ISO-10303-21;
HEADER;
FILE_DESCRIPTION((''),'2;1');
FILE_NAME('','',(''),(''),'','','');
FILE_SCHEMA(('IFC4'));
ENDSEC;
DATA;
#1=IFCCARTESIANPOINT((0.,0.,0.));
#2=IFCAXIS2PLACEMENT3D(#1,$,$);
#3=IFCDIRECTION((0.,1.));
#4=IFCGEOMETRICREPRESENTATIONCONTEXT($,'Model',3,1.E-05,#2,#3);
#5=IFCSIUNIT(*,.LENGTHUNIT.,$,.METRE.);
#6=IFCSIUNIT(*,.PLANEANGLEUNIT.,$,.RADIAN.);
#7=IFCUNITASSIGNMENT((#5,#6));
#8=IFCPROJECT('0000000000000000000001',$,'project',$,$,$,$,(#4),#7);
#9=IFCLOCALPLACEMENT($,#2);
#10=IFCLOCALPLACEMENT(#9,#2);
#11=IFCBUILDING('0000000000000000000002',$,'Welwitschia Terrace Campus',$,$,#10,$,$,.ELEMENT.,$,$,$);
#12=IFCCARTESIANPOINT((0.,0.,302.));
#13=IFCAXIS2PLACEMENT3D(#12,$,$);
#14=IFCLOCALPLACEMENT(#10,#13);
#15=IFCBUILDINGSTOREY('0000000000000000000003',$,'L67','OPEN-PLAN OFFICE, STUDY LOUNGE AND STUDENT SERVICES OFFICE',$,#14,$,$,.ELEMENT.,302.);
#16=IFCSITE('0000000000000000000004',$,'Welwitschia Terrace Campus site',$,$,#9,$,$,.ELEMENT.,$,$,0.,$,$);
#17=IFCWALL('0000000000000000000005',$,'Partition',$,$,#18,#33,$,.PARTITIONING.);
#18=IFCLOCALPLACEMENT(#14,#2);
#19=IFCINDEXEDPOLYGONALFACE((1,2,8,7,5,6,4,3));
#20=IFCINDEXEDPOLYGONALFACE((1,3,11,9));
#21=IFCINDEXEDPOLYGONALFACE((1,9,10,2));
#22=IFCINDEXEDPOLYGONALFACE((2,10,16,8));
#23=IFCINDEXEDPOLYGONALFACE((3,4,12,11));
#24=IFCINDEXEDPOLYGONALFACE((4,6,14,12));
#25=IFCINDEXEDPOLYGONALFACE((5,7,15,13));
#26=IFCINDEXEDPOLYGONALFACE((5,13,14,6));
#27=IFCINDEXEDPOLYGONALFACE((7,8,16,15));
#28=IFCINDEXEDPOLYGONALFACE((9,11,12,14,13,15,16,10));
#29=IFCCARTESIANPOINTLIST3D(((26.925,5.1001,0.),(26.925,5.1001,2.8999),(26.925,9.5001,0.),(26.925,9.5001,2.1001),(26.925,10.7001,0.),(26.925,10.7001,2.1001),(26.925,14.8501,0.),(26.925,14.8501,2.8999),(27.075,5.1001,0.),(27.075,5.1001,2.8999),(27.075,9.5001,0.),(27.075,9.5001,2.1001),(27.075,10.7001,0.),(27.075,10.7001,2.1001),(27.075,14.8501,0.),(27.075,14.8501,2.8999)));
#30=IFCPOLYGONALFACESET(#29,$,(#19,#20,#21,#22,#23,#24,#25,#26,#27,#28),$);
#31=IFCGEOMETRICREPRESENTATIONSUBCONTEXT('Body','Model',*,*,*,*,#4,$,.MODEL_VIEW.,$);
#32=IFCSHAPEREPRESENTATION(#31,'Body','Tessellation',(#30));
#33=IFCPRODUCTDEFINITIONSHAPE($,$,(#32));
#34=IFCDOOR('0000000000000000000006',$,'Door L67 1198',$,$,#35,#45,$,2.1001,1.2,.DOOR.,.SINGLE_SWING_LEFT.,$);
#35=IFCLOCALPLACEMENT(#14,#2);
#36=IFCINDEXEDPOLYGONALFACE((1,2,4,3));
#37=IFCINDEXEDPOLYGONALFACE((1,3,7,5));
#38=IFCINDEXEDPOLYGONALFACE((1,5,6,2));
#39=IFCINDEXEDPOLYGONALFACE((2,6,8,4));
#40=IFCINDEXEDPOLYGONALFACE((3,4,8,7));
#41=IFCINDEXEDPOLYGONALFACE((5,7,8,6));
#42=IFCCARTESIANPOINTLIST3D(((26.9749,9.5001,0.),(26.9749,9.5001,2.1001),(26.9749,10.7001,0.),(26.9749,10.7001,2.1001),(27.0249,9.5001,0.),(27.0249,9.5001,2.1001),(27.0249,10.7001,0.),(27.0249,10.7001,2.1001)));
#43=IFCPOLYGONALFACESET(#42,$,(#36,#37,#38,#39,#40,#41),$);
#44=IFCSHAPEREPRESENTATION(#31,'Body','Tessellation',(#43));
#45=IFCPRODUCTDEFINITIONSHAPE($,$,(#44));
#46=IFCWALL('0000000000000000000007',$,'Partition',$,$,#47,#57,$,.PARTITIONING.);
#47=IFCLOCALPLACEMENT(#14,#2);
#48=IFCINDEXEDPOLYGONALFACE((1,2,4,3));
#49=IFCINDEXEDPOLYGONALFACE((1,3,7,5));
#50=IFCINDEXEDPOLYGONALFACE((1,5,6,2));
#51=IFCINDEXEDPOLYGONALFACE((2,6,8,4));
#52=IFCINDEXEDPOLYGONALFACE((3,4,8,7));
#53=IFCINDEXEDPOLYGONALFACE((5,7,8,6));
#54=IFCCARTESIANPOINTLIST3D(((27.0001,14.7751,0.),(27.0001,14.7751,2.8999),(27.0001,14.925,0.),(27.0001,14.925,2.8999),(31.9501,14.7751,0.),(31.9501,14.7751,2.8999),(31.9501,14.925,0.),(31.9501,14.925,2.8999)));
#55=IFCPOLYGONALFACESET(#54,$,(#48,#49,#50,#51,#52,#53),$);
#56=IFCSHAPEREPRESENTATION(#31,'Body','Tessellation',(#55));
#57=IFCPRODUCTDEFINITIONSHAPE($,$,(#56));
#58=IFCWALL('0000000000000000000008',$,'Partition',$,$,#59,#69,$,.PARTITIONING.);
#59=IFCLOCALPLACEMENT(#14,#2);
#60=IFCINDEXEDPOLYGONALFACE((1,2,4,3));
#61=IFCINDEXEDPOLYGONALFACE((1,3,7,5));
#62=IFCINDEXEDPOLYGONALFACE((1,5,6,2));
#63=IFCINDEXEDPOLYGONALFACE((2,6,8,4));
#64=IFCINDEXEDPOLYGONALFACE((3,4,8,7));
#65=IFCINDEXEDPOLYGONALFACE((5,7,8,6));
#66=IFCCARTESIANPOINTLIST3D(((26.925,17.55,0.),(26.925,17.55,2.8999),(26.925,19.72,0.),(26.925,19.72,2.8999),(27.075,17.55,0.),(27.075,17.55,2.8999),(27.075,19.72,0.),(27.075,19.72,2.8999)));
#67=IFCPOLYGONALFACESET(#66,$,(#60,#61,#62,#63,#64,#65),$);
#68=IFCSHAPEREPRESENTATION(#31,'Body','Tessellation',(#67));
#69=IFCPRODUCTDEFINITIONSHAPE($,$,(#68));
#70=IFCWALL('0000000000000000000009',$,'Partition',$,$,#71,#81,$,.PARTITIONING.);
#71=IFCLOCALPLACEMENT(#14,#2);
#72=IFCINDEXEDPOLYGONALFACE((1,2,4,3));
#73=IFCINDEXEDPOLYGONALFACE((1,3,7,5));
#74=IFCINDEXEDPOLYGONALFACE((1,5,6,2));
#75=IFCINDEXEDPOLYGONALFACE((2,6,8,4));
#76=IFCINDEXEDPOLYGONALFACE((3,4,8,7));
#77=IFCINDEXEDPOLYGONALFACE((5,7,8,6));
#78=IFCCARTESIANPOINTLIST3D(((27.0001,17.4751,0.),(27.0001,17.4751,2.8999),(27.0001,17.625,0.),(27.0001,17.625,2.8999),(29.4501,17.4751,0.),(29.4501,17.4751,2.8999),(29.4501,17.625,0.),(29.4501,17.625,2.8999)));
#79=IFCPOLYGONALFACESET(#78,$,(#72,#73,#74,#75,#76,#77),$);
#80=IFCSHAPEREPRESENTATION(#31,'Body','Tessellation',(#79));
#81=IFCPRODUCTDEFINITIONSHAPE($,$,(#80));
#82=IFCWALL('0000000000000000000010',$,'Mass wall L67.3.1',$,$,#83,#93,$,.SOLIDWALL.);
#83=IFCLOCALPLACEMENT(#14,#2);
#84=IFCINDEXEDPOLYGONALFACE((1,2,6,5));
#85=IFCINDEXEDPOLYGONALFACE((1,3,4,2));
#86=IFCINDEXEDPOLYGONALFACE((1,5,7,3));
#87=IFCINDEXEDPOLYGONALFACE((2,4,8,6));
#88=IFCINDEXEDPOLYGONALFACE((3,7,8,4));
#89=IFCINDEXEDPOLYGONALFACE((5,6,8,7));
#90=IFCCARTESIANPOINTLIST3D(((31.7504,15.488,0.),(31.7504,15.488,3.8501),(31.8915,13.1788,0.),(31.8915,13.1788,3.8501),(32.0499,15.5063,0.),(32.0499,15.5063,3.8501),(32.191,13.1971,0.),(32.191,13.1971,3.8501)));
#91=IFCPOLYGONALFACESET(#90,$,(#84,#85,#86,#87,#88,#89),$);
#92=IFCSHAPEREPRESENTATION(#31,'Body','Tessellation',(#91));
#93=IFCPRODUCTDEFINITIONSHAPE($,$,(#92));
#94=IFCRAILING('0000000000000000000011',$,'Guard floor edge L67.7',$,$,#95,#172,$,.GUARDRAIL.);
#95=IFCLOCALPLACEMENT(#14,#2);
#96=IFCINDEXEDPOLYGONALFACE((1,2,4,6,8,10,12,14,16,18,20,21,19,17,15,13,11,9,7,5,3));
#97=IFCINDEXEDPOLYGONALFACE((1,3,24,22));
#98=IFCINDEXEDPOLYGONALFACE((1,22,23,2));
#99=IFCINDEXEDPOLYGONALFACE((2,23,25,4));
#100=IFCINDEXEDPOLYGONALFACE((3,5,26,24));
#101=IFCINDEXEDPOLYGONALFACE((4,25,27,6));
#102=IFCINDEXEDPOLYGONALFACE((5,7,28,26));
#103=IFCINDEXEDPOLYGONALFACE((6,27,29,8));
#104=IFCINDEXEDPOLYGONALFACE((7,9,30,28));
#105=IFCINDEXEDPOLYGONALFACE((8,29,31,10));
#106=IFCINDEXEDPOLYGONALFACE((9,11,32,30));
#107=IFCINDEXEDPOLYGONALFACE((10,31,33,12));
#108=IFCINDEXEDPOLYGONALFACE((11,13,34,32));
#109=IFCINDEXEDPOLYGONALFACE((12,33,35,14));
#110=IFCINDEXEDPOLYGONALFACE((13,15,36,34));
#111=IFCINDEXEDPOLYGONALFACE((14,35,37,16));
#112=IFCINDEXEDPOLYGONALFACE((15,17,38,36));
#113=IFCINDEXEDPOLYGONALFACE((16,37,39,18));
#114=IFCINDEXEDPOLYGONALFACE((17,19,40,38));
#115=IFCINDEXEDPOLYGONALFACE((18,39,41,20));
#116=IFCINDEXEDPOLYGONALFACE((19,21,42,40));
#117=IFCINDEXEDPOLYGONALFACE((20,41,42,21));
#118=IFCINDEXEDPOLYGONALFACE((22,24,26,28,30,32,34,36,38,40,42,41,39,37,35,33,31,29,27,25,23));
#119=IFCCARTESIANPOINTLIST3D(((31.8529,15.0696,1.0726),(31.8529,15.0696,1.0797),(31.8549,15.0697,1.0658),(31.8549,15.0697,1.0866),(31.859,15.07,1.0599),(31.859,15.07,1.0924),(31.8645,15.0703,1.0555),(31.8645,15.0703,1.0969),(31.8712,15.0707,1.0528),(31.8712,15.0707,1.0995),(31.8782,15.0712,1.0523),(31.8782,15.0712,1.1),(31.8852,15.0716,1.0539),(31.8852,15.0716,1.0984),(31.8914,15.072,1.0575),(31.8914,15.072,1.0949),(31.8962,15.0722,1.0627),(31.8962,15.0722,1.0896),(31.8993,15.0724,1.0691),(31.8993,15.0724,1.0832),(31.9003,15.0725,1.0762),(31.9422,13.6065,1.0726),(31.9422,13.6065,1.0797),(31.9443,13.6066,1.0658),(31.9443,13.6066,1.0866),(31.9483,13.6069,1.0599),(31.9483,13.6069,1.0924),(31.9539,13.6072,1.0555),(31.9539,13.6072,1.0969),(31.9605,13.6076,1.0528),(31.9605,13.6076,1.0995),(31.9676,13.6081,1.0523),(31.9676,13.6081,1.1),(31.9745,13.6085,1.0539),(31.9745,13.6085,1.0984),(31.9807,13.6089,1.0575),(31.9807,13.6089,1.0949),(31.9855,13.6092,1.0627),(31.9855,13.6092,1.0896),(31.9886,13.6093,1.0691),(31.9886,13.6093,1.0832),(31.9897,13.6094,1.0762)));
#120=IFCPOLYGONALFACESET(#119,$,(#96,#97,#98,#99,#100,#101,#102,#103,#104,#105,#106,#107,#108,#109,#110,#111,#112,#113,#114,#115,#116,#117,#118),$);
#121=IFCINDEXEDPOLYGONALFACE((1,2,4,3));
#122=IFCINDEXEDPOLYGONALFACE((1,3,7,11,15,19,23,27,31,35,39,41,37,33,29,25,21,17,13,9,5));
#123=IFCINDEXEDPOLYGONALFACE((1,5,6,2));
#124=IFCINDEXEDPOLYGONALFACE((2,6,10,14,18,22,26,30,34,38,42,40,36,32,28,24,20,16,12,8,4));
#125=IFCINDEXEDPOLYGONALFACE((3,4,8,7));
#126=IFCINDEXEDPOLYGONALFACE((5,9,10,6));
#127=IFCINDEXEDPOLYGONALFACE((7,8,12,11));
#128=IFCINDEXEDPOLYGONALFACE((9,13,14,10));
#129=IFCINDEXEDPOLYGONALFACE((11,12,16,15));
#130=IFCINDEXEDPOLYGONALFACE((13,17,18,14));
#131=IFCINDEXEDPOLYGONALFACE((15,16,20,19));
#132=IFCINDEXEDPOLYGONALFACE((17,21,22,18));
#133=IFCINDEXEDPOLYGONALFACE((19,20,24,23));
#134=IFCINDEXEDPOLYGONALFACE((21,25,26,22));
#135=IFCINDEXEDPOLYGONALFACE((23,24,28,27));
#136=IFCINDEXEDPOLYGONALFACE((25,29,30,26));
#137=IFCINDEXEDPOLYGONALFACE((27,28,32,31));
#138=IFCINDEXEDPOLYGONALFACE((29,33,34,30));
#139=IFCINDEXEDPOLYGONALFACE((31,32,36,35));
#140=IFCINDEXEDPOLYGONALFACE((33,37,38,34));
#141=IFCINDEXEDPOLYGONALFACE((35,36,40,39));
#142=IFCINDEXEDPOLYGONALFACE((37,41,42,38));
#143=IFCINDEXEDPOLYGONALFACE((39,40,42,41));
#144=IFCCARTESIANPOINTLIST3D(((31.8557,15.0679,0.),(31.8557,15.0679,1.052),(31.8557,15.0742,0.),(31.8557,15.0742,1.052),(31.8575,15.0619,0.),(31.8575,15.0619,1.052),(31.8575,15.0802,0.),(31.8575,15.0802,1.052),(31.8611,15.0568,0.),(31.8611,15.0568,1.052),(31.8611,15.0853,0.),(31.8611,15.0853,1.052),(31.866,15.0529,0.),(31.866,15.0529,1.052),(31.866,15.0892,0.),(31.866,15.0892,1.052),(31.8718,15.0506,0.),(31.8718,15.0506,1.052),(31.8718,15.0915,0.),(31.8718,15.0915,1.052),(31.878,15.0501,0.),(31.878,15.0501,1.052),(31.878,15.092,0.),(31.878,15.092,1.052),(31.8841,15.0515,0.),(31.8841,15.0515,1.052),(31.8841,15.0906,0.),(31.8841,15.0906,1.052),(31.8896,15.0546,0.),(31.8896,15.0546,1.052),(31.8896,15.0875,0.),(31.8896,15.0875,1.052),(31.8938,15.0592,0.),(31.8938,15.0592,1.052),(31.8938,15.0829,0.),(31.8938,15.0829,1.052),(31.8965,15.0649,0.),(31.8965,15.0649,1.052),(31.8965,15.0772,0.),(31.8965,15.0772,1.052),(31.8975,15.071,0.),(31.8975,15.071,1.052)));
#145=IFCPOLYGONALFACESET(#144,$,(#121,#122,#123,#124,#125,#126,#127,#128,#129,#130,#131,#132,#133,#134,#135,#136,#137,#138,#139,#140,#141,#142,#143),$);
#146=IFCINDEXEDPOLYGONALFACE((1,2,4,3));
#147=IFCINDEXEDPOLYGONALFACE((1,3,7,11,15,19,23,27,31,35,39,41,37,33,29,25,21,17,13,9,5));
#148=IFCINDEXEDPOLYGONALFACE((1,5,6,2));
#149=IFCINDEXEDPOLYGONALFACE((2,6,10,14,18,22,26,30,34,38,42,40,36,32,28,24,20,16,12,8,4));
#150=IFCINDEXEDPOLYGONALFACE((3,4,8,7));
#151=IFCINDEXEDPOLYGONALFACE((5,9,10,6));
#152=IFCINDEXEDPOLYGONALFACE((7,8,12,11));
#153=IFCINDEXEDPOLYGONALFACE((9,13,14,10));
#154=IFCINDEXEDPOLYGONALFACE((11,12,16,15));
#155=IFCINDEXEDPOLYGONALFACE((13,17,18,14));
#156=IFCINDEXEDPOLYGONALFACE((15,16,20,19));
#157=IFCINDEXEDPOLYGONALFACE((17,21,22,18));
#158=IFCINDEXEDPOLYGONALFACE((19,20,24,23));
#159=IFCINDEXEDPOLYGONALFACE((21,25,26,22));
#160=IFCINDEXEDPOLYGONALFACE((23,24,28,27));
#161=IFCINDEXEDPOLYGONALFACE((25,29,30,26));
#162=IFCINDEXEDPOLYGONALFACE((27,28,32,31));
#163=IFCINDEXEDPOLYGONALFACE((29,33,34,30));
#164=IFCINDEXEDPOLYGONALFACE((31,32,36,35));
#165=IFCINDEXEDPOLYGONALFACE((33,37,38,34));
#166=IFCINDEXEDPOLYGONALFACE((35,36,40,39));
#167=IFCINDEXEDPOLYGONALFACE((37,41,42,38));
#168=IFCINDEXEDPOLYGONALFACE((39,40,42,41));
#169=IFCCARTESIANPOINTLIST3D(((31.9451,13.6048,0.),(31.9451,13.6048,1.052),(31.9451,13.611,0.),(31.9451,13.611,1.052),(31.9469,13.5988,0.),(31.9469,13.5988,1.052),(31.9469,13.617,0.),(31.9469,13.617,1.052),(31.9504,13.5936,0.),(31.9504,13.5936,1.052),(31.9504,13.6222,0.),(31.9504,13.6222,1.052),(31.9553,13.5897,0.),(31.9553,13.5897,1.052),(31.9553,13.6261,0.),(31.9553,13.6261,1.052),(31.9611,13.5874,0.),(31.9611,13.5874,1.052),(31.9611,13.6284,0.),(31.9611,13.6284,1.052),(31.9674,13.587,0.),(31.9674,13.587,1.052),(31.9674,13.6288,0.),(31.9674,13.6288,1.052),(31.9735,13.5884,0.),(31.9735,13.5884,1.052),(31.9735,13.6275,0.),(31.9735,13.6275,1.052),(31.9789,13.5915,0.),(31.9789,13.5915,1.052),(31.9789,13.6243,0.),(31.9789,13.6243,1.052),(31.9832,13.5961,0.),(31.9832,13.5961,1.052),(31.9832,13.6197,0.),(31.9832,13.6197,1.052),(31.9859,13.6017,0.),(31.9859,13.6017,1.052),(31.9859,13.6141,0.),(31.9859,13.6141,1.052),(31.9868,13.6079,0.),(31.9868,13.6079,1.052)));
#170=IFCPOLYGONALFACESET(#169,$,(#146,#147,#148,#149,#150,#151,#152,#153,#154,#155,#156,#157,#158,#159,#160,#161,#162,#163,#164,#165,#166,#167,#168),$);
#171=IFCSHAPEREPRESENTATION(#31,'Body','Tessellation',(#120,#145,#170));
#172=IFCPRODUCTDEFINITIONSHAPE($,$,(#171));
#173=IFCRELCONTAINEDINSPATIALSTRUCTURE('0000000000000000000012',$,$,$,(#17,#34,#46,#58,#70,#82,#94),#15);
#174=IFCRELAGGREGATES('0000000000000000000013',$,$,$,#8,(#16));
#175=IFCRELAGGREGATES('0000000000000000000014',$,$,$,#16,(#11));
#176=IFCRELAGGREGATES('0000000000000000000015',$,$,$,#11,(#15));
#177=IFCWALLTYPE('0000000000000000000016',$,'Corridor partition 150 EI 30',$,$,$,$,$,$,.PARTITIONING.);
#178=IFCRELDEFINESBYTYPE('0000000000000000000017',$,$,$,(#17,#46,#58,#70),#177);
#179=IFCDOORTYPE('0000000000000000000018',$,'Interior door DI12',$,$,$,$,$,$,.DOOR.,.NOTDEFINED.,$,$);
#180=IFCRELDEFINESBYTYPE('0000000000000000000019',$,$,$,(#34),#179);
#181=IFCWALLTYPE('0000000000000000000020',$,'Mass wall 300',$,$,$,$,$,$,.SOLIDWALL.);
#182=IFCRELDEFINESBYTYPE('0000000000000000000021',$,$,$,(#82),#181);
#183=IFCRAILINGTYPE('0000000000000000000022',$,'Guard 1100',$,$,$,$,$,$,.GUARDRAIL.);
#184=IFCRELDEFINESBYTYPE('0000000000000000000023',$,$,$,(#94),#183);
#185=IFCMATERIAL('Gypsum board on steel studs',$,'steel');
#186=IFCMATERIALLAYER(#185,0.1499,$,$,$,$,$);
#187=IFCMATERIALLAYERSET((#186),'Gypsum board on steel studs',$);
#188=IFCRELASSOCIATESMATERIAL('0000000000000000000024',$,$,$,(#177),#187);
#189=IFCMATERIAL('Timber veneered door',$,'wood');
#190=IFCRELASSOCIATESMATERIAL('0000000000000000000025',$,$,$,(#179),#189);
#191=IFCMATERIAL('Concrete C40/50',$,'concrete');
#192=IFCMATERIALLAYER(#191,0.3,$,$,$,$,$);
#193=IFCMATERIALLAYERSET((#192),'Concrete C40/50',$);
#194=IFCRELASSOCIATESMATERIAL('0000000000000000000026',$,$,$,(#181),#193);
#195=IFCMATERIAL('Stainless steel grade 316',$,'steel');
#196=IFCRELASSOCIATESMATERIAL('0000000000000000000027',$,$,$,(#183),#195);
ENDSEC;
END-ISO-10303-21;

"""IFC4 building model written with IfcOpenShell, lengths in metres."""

from ifc_helpers import new_model, si_unit, direction, frame, frame_2d, origin, origin_2d, place, context, subcontext, project, spatial, rectangle, circle, extrude, material, layer, layer_set, type_object, element, fill, save


model = new_model("IFC4")

# Units and contexts
model_context = context("Model", 3, precision=1e-05, world=origin(), true_north=direction((0.0, 1.0)))
body_context = subcontext(model_context, "Body", "Model", "MODEL_VIEW")
ifc_project = project(units=[si_unit("LENGTHUNIT", "METRE"), si_unit("PLANEANGLEUNIT", "RADIAN")], contexts=[model_context])

# Site, building, storey
site_placement = place(None, origin())
site = spatial("IfcSite", under=ifc_project, at=site_placement, Name="Welwitschia Terrace Campus site", CompositionType="ELEMENT", RefElevation=0.0)
building_placement = place(site_placement, origin())
building = spatial("IfcBuilding", under=site, at=building_placement, Name="Welwitschia Terrace Campus", CompositionType="ELEMENT")
storey_placement = place(building_placement, frame((0.0, 0.0, 302.0)))
storey = spatial("IfcBuildingStorey", under=building, at=storey_placement, Name="L67", Description="OPEN-PLAN OFFICE, STUDY LOUNGE AND STUDENT SERVICES OFFICE", CompositionType="ELEMENT", Elevation=302.0)

# Wall, opening, door
ifc_material_1 = material(Name="Gypsum board on steel studs", Category="steel")
ifc_layer_1 = layer(ifc_material_1, 0.1499)
ifc_layer_set_1 = layer_set([ifc_layer_1], Name="Gypsum board on steel studs")
wall_type_1 = type_object("IfcWallType", Name="Corridor partition 150 EI 30", PredefinedType="PARTITIONING", material=ifc_layer_set_1)
wall_1_placement = place(storey_placement, frame((27.0, 14.8501, 0.0), z_axis=(0.0, 0.0, 1.0), x_axis=(0.0, -1.0, 0.0)))
wall_1 = element("IfcWall", 1, at=wall_1_placement, inside=storey, type_object=wall_type_1, Name="Partition", PredefinedType="PARTITIONING", context=body_context, shape_type="SweptSolid", body=[
    extrude(rectangle(XDim=9.75, YDim=0.1499, at=frame_2d((4.875, 0.0))), origin(), (0.0, 0.0, 1.0), 2.8999),
])
opening_placement = place(wall_1_placement, frame((4.1499, 0.0, 0.0)))
opening = element("IfcOpeningElement", 2, at=opening_placement, cuts=wall_1, PredefinedType="OPENING", context=body_context, shape_type="SweptSolid", body=[
    extrude(rectangle(XDim=1.2, YDim=2.1001, at=frame_2d((0.6001, 1.05))), frame((0.0, 0.085, 0.0), z_axis=(0.0, -1.0, 0.0), x_axis=(1.0, 0.0, 0.0)), (0.0, 0.0, 1.0), 0.1699),
])
ifc_material_2 = material(Name="Timber veneered door", Category="wood")
door_type = type_object("IfcDoorType", Name="Interior door DI12", OperationType="NOTDEFINED", PredefinedType="DOOR", material=ifc_material_2)
door_placement = place(opening_placement, origin())
door = element("IfcDoor", 3, at=door_placement, inside=storey, type_object=door_type, Name="Door L67 1198", OperationType="SINGLE_SWING_LEFT", OverallHeight=2.1001, OverallWidth=1.2, PredefinedType="DOOR", context=body_context, shape_type="SweptSolid", body=[
    extrude(rectangle(XDim=1.2, YDim=2.1001, at=frame_2d((0.6001, 1.05))), frame((0.0, 0.0249, 0.0), z_axis=(0.0, -1.0, 0.0), x_axis=(1.0, 0.0, 0.0)), (0.0, 0.0, 1.0), 0.05),
])
fill(opening, door)

# Walls
wall_2_placement = place(storey_placement, frame((27.0, 14.8501, 0.0), z_axis=(0.0, 0.0, 1.0), x_axis=(1.0, 0.0, 0.0)))
element("IfcWall", 4, at=wall_2_placement, inside=storey, type_object=wall_type_1, Name="Partition", PredefinedType="PARTITIONING", context=body_context, shape_type="SweptSolid", body=[
    extrude(rectangle(XDim=4.95, YDim=0.1499, at=frame_2d((2.4751, 0.0))), origin(), (0.0, 0.0, 1.0), 2.8999),
])
wall_3_placement = place(storey_placement, frame((27.0, 17.55, 0.0), z_axis=(0.0, 0.0, 1.0), x_axis=(0.0, 1.0, 0.0)))
element("IfcWall", 5, at=wall_3_placement, inside=storey, type_object=wall_type_1, Name="Partition", PredefinedType="PARTITIONING", context=body_context, shape_type="SweptSolid", body=[
    extrude(rectangle(XDim=2.1699, YDim=0.1499, at=frame_2d((1.085, 0.0))), origin(), (0.0, 0.0, 1.0), 2.8999),
])
wall_4_placement = place(storey_placement, frame((27.0, 17.55, 0.0), z_axis=(0.0, 0.0, 1.0), x_axis=(1.0, 0.0, 0.0)))
element("IfcWall", 6, at=wall_4_placement, inside=storey, type_object=wall_type_1, Name="Partition", PredefinedType="PARTITIONING", context=body_context, shape_type="SweptSolid", body=[
    extrude(rectangle(XDim=2.45, YDim=0.1499, at=frame_2d((1.2251, 0.0))), origin(), (0.0, 0.0, 1.0), 2.8999),
])
ifc_material_3 = material(Name="Concrete C40/50", Category="concrete")
ifc_layer_2 = layer(ifc_material_3, 0.3)
ifc_layer_set_2 = layer_set([ifc_layer_2], Name="Concrete C40/50")
wall_type_2 = type_object("IfcWallType", Name="Mass wall 300", PredefinedType="SOLIDWALL", material=ifc_layer_set_2)
wall_5_placement = place(storey_placement, frame((32.0413, 13.188, 0.0), z_axis=(0.0, 0.0, 1.0), x_axis=(-0.060998, 0.998138, 0.0)))
element("IfcWall", 7, at=wall_5_placement, inside=storey, type_object=wall_type_2, Name="Mass wall L67.3.1", PredefinedType="SOLIDWALL", context=body_context, shape_type="SweptSolid", body=[
    extrude(rectangle(XDim=2.3135, YDim=0.3, at=frame_2d((1.1567, 0.0))), origin(), (0.0, 0.0, 1.0), 3.8501),
])

# Railing
ifc_material_4 = material(Name="Stainless steel grade 316", Category="steel")
railing_type = type_object("IfcRailingType", Name="Guard 1100", PredefinedType="GUARDRAIL", material=ifc_material_4)
railing_1_placement = place(storey_placement, frame((31.8765, 15.071, 0.0)))
element("IfcRailing", 8, at=railing_1_placement, inside=storey, type_object=railing_type, Name="Guard floor edge L67.7", PredefinedType="GUARDRAIL", context=body_context, shape_type="SweptSolid", body=[
    extrude(circle(Radius=0.0239, at=origin_2d()), frame((0.0, 0.0, 1.0762), z_axis=(0.060958, -0.99814, 0.0), x_axis=(0.99814, 0.060958, 0.0)), (0.0, 0.0, 1.0), 1.4658),
    extrude(circle(Radius=0.021, at=origin_2d()), origin(), (0.0, 0.0, 1.0), 1.052),
    extrude(circle(Radius=0.021, at=origin_2d()), frame((0.0894, -1.4631, 0.0)), (0.0, 0.0, 1.0), 1.052),
])

save(model, "model.ifc")
